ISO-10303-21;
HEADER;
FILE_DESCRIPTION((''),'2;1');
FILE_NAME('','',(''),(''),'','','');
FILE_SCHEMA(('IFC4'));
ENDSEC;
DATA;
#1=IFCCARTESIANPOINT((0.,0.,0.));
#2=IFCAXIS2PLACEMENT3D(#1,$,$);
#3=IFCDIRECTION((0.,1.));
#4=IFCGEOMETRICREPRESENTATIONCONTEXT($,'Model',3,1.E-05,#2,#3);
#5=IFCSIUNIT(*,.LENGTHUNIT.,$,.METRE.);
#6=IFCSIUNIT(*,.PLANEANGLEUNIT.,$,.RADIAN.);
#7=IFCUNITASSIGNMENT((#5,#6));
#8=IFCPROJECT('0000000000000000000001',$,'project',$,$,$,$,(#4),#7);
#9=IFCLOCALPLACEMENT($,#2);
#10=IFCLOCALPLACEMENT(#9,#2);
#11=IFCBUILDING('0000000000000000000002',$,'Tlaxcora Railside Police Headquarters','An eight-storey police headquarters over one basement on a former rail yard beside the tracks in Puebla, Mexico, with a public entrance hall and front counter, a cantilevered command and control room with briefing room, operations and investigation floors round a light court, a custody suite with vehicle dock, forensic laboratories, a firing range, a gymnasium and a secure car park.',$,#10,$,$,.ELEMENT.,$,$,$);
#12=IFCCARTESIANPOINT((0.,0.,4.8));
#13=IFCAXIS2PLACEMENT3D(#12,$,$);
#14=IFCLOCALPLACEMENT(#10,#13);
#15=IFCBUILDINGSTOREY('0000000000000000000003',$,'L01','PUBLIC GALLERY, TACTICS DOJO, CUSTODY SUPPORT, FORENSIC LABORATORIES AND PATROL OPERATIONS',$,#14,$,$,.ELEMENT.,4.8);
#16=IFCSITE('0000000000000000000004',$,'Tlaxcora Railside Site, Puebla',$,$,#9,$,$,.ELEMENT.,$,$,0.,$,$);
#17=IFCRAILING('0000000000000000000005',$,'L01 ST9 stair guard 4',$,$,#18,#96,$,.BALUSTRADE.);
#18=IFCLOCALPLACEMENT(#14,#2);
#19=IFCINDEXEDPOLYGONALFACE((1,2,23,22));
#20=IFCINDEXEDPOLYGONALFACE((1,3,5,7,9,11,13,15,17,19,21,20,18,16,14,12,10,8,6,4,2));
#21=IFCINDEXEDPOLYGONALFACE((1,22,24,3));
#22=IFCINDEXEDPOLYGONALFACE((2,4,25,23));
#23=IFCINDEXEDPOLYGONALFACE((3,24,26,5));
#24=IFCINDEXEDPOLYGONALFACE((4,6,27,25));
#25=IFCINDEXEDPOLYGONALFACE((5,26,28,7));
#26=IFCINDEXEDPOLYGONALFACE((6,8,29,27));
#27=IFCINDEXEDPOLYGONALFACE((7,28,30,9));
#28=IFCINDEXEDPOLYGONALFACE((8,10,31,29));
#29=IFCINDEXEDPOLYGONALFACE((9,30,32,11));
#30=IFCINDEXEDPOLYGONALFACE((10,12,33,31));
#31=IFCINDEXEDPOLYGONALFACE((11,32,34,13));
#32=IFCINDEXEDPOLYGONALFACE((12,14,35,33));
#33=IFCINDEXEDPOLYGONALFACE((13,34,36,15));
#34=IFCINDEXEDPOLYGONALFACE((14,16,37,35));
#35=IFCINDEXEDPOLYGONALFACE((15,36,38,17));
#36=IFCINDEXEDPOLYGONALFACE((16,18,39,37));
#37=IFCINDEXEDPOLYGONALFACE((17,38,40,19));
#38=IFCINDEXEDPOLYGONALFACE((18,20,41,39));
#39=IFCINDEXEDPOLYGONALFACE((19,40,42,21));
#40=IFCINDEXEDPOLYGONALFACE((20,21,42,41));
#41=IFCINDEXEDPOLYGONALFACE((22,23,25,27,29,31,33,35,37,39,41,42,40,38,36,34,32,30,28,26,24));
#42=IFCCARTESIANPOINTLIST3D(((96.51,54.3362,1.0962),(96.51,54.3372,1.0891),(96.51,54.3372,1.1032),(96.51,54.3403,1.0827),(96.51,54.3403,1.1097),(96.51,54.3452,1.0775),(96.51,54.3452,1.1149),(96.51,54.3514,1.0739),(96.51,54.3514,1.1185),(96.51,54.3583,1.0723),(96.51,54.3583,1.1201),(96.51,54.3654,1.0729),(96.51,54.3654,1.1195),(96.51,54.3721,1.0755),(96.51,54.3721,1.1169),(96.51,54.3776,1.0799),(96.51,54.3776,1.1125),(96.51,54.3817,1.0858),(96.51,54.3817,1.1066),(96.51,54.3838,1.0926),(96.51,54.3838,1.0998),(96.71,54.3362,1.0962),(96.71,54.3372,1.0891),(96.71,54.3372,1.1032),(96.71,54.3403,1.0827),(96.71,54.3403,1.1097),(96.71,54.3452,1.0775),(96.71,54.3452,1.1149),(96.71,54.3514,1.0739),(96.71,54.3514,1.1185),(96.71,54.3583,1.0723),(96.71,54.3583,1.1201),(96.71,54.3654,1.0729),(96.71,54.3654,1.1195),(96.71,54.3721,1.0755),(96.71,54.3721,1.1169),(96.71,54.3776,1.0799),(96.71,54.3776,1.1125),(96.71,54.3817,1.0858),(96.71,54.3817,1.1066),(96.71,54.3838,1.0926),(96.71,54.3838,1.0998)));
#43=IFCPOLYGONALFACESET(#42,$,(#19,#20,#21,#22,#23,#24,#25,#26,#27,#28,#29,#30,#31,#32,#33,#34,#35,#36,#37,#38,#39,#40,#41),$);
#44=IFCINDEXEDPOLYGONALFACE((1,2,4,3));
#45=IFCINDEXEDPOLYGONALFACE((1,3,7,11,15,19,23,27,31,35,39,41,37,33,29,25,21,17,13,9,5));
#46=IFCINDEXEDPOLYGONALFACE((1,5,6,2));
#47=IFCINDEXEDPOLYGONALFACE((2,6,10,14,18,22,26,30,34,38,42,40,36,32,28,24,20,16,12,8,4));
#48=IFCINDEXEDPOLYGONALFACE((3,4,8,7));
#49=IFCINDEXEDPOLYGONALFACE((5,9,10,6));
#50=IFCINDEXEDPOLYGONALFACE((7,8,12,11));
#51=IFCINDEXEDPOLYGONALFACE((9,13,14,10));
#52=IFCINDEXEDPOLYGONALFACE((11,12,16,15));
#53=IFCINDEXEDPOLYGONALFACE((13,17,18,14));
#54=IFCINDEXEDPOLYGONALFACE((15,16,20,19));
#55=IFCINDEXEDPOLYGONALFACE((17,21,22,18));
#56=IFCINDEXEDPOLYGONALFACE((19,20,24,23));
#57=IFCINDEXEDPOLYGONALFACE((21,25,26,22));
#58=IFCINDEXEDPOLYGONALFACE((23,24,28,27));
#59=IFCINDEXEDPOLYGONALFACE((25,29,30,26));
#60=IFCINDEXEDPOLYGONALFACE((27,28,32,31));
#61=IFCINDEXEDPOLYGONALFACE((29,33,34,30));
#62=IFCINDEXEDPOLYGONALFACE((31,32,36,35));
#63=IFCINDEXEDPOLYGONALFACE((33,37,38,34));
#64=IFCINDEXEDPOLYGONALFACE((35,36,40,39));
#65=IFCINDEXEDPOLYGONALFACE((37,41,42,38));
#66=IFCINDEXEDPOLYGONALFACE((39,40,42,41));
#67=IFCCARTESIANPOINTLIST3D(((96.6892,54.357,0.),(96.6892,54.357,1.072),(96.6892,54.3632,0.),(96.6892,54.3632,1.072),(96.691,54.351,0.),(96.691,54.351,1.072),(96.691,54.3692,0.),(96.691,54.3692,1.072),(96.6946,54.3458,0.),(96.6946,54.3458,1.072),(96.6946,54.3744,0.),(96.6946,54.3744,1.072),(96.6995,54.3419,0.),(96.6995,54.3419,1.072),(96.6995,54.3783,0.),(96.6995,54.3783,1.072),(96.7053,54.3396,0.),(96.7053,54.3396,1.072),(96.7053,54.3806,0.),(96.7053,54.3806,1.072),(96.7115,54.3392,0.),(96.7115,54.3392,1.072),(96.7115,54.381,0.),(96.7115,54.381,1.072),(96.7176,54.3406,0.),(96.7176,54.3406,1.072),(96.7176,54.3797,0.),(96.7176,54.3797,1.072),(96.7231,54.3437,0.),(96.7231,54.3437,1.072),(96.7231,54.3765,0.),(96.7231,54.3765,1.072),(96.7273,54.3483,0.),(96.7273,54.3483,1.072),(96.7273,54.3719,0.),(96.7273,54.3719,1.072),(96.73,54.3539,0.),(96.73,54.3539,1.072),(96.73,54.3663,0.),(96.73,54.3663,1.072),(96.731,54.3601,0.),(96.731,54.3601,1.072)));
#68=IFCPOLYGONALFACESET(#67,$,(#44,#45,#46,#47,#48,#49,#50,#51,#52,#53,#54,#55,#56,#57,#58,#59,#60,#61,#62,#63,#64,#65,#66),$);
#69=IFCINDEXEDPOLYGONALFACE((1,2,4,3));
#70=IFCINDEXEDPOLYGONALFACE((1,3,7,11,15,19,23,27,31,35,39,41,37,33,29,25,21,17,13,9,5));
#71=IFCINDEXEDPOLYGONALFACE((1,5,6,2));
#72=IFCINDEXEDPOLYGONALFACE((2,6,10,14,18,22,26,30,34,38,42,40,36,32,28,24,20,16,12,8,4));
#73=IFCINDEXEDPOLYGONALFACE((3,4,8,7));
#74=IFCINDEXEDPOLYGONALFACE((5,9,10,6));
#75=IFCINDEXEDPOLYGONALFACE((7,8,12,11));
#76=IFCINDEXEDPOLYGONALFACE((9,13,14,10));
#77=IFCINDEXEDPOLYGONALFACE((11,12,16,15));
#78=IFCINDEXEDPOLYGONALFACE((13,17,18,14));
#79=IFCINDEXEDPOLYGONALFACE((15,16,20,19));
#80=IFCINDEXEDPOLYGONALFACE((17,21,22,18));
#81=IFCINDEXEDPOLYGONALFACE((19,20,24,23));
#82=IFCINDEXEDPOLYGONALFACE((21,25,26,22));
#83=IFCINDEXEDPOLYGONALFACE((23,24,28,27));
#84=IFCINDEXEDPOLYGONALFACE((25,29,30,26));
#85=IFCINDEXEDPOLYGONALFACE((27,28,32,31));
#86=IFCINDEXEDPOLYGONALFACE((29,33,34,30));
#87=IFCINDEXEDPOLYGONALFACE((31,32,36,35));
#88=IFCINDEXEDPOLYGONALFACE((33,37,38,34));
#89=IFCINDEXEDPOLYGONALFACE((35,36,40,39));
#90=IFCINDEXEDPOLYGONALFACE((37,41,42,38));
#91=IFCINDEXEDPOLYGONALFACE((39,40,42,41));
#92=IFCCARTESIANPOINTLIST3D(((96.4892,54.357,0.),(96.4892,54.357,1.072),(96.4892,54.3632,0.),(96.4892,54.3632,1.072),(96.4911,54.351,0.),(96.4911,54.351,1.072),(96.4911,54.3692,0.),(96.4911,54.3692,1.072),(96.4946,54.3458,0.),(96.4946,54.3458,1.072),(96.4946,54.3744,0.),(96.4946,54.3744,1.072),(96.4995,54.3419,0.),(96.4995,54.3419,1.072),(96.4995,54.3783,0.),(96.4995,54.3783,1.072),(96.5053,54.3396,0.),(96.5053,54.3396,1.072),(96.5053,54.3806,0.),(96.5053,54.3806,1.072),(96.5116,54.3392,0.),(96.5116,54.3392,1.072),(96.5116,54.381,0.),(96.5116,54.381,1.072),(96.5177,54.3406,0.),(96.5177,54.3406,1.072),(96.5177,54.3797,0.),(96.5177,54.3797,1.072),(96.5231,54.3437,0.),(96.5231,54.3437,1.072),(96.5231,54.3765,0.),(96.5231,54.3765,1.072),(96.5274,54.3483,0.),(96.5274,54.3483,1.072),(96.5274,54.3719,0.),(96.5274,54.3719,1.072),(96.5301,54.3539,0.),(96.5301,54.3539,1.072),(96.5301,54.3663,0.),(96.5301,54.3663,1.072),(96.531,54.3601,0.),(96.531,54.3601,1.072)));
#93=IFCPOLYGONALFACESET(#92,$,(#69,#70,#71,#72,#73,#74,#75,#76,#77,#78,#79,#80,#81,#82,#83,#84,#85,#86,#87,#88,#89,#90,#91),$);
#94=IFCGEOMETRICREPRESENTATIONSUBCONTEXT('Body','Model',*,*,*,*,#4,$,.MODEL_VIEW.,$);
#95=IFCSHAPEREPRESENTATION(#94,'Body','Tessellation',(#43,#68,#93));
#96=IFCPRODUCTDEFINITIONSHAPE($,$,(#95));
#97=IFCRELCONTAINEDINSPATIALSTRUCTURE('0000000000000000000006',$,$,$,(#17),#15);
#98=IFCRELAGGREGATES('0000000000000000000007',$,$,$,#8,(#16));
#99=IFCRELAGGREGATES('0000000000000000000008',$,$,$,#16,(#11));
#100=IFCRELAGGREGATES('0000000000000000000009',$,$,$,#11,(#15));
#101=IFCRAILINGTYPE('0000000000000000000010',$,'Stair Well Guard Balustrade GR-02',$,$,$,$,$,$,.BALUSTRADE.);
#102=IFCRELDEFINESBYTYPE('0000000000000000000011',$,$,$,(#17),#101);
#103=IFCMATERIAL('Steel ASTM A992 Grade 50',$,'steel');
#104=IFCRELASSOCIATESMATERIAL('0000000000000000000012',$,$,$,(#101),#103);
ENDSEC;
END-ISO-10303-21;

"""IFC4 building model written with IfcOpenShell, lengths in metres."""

from ifc_helpers import new_model, si_unit, direction, frame, origin, origin_2d, place, context, subcontext, project, spatial, circle, extrude, material, type_object, element, save


model = new_model("IFC4")

# Units and contexts
model_context = context("Model", 3, precision=1e-05, world=origin(), true_north=direction((0.0, 1.0)))
body_context = subcontext(model_context, "Body", "Model", "MODEL_VIEW")
ifc_project = project(units=[si_unit("LENGTHUNIT", "METRE"), si_unit("PLANEANGLEUNIT", "RADIAN")], contexts=[model_context])

# Site, building, storey
site_placement = place(None, origin())
site = spatial("IfcSite", under=ifc_project, at=site_placement, Name="Tlaxcora Railside Site, Puebla", CompositionType="ELEMENT", RefElevation=0.0)
building_placement = place(site_placement, origin())
building = spatial("IfcBuilding", under=site, at=building_placement, Name="Tlaxcora Railside Police Headquarters", Description="An eight-storey police headquarters over one basement on a former rail yard beside the tracks in Puebla, Mexico, with a public entrance hall and front counter, a cantilevered command and control room with briefing room, operations and investigation floors round a light court, a custody suite with vehicle dock, forensic laboratories, a firing range, a gymnasium and a secure car park.", CompositionType="ELEMENT")
storey_placement = place(building_placement, frame((0.0, 0.0, 4.8)))
storey = spatial("IfcBuildingStorey", under=building, at=storey_placement, Name="L01", Description="PUBLIC GALLERY, TACTICS DOJO, CUSTODY SUPPORT, FORENSIC LABORATORIES AND PATROL OPERATIONS", CompositionType="ELEMENT", Elevation=4.8)

# Shared definitions
ifc_material_1 = material(Name="Steel ASTM A992 Grade 50", Category="steel")

# Railing
railing_type_1 = type_object("IfcRailingType", Name="Stair Well Guard Balustrade GR-02", PredefinedType="BALUSTRADE", material=ifc_material_1)
railing_1_placement = place(storey_placement, frame((96.71, 54.3601, 0.0)))
element("IfcRailing", 1, at=railing_1_placement, inside=storey, type_object=railing_type_1, Name="L01 ST9 stair guard 4", PredefinedType="BALUSTRADE", context=body_context, shape_type="SweptSolid", body=[
    extrude(circle(Radius=0.0239, at=origin_2d()), frame((0.0, 0.0, 1.0962), z_axis=(-1.0, 0.0, 0.0), x_axis=(0.0, -1.0, 0.0)), (0.0, 0.0, 1.0), 0.2),
    extrude(circle(Radius=0.021, at=origin_2d()), origin(), (0.0, 0.0, 1.0), 1.072),
    extrude(circle(Radius=0.021, at=origin_2d()), frame((-0.2, 0.0, 0.0)), (0.0, 0.0, 1.0), 1.072),
])

save(model, "model.ifc")
